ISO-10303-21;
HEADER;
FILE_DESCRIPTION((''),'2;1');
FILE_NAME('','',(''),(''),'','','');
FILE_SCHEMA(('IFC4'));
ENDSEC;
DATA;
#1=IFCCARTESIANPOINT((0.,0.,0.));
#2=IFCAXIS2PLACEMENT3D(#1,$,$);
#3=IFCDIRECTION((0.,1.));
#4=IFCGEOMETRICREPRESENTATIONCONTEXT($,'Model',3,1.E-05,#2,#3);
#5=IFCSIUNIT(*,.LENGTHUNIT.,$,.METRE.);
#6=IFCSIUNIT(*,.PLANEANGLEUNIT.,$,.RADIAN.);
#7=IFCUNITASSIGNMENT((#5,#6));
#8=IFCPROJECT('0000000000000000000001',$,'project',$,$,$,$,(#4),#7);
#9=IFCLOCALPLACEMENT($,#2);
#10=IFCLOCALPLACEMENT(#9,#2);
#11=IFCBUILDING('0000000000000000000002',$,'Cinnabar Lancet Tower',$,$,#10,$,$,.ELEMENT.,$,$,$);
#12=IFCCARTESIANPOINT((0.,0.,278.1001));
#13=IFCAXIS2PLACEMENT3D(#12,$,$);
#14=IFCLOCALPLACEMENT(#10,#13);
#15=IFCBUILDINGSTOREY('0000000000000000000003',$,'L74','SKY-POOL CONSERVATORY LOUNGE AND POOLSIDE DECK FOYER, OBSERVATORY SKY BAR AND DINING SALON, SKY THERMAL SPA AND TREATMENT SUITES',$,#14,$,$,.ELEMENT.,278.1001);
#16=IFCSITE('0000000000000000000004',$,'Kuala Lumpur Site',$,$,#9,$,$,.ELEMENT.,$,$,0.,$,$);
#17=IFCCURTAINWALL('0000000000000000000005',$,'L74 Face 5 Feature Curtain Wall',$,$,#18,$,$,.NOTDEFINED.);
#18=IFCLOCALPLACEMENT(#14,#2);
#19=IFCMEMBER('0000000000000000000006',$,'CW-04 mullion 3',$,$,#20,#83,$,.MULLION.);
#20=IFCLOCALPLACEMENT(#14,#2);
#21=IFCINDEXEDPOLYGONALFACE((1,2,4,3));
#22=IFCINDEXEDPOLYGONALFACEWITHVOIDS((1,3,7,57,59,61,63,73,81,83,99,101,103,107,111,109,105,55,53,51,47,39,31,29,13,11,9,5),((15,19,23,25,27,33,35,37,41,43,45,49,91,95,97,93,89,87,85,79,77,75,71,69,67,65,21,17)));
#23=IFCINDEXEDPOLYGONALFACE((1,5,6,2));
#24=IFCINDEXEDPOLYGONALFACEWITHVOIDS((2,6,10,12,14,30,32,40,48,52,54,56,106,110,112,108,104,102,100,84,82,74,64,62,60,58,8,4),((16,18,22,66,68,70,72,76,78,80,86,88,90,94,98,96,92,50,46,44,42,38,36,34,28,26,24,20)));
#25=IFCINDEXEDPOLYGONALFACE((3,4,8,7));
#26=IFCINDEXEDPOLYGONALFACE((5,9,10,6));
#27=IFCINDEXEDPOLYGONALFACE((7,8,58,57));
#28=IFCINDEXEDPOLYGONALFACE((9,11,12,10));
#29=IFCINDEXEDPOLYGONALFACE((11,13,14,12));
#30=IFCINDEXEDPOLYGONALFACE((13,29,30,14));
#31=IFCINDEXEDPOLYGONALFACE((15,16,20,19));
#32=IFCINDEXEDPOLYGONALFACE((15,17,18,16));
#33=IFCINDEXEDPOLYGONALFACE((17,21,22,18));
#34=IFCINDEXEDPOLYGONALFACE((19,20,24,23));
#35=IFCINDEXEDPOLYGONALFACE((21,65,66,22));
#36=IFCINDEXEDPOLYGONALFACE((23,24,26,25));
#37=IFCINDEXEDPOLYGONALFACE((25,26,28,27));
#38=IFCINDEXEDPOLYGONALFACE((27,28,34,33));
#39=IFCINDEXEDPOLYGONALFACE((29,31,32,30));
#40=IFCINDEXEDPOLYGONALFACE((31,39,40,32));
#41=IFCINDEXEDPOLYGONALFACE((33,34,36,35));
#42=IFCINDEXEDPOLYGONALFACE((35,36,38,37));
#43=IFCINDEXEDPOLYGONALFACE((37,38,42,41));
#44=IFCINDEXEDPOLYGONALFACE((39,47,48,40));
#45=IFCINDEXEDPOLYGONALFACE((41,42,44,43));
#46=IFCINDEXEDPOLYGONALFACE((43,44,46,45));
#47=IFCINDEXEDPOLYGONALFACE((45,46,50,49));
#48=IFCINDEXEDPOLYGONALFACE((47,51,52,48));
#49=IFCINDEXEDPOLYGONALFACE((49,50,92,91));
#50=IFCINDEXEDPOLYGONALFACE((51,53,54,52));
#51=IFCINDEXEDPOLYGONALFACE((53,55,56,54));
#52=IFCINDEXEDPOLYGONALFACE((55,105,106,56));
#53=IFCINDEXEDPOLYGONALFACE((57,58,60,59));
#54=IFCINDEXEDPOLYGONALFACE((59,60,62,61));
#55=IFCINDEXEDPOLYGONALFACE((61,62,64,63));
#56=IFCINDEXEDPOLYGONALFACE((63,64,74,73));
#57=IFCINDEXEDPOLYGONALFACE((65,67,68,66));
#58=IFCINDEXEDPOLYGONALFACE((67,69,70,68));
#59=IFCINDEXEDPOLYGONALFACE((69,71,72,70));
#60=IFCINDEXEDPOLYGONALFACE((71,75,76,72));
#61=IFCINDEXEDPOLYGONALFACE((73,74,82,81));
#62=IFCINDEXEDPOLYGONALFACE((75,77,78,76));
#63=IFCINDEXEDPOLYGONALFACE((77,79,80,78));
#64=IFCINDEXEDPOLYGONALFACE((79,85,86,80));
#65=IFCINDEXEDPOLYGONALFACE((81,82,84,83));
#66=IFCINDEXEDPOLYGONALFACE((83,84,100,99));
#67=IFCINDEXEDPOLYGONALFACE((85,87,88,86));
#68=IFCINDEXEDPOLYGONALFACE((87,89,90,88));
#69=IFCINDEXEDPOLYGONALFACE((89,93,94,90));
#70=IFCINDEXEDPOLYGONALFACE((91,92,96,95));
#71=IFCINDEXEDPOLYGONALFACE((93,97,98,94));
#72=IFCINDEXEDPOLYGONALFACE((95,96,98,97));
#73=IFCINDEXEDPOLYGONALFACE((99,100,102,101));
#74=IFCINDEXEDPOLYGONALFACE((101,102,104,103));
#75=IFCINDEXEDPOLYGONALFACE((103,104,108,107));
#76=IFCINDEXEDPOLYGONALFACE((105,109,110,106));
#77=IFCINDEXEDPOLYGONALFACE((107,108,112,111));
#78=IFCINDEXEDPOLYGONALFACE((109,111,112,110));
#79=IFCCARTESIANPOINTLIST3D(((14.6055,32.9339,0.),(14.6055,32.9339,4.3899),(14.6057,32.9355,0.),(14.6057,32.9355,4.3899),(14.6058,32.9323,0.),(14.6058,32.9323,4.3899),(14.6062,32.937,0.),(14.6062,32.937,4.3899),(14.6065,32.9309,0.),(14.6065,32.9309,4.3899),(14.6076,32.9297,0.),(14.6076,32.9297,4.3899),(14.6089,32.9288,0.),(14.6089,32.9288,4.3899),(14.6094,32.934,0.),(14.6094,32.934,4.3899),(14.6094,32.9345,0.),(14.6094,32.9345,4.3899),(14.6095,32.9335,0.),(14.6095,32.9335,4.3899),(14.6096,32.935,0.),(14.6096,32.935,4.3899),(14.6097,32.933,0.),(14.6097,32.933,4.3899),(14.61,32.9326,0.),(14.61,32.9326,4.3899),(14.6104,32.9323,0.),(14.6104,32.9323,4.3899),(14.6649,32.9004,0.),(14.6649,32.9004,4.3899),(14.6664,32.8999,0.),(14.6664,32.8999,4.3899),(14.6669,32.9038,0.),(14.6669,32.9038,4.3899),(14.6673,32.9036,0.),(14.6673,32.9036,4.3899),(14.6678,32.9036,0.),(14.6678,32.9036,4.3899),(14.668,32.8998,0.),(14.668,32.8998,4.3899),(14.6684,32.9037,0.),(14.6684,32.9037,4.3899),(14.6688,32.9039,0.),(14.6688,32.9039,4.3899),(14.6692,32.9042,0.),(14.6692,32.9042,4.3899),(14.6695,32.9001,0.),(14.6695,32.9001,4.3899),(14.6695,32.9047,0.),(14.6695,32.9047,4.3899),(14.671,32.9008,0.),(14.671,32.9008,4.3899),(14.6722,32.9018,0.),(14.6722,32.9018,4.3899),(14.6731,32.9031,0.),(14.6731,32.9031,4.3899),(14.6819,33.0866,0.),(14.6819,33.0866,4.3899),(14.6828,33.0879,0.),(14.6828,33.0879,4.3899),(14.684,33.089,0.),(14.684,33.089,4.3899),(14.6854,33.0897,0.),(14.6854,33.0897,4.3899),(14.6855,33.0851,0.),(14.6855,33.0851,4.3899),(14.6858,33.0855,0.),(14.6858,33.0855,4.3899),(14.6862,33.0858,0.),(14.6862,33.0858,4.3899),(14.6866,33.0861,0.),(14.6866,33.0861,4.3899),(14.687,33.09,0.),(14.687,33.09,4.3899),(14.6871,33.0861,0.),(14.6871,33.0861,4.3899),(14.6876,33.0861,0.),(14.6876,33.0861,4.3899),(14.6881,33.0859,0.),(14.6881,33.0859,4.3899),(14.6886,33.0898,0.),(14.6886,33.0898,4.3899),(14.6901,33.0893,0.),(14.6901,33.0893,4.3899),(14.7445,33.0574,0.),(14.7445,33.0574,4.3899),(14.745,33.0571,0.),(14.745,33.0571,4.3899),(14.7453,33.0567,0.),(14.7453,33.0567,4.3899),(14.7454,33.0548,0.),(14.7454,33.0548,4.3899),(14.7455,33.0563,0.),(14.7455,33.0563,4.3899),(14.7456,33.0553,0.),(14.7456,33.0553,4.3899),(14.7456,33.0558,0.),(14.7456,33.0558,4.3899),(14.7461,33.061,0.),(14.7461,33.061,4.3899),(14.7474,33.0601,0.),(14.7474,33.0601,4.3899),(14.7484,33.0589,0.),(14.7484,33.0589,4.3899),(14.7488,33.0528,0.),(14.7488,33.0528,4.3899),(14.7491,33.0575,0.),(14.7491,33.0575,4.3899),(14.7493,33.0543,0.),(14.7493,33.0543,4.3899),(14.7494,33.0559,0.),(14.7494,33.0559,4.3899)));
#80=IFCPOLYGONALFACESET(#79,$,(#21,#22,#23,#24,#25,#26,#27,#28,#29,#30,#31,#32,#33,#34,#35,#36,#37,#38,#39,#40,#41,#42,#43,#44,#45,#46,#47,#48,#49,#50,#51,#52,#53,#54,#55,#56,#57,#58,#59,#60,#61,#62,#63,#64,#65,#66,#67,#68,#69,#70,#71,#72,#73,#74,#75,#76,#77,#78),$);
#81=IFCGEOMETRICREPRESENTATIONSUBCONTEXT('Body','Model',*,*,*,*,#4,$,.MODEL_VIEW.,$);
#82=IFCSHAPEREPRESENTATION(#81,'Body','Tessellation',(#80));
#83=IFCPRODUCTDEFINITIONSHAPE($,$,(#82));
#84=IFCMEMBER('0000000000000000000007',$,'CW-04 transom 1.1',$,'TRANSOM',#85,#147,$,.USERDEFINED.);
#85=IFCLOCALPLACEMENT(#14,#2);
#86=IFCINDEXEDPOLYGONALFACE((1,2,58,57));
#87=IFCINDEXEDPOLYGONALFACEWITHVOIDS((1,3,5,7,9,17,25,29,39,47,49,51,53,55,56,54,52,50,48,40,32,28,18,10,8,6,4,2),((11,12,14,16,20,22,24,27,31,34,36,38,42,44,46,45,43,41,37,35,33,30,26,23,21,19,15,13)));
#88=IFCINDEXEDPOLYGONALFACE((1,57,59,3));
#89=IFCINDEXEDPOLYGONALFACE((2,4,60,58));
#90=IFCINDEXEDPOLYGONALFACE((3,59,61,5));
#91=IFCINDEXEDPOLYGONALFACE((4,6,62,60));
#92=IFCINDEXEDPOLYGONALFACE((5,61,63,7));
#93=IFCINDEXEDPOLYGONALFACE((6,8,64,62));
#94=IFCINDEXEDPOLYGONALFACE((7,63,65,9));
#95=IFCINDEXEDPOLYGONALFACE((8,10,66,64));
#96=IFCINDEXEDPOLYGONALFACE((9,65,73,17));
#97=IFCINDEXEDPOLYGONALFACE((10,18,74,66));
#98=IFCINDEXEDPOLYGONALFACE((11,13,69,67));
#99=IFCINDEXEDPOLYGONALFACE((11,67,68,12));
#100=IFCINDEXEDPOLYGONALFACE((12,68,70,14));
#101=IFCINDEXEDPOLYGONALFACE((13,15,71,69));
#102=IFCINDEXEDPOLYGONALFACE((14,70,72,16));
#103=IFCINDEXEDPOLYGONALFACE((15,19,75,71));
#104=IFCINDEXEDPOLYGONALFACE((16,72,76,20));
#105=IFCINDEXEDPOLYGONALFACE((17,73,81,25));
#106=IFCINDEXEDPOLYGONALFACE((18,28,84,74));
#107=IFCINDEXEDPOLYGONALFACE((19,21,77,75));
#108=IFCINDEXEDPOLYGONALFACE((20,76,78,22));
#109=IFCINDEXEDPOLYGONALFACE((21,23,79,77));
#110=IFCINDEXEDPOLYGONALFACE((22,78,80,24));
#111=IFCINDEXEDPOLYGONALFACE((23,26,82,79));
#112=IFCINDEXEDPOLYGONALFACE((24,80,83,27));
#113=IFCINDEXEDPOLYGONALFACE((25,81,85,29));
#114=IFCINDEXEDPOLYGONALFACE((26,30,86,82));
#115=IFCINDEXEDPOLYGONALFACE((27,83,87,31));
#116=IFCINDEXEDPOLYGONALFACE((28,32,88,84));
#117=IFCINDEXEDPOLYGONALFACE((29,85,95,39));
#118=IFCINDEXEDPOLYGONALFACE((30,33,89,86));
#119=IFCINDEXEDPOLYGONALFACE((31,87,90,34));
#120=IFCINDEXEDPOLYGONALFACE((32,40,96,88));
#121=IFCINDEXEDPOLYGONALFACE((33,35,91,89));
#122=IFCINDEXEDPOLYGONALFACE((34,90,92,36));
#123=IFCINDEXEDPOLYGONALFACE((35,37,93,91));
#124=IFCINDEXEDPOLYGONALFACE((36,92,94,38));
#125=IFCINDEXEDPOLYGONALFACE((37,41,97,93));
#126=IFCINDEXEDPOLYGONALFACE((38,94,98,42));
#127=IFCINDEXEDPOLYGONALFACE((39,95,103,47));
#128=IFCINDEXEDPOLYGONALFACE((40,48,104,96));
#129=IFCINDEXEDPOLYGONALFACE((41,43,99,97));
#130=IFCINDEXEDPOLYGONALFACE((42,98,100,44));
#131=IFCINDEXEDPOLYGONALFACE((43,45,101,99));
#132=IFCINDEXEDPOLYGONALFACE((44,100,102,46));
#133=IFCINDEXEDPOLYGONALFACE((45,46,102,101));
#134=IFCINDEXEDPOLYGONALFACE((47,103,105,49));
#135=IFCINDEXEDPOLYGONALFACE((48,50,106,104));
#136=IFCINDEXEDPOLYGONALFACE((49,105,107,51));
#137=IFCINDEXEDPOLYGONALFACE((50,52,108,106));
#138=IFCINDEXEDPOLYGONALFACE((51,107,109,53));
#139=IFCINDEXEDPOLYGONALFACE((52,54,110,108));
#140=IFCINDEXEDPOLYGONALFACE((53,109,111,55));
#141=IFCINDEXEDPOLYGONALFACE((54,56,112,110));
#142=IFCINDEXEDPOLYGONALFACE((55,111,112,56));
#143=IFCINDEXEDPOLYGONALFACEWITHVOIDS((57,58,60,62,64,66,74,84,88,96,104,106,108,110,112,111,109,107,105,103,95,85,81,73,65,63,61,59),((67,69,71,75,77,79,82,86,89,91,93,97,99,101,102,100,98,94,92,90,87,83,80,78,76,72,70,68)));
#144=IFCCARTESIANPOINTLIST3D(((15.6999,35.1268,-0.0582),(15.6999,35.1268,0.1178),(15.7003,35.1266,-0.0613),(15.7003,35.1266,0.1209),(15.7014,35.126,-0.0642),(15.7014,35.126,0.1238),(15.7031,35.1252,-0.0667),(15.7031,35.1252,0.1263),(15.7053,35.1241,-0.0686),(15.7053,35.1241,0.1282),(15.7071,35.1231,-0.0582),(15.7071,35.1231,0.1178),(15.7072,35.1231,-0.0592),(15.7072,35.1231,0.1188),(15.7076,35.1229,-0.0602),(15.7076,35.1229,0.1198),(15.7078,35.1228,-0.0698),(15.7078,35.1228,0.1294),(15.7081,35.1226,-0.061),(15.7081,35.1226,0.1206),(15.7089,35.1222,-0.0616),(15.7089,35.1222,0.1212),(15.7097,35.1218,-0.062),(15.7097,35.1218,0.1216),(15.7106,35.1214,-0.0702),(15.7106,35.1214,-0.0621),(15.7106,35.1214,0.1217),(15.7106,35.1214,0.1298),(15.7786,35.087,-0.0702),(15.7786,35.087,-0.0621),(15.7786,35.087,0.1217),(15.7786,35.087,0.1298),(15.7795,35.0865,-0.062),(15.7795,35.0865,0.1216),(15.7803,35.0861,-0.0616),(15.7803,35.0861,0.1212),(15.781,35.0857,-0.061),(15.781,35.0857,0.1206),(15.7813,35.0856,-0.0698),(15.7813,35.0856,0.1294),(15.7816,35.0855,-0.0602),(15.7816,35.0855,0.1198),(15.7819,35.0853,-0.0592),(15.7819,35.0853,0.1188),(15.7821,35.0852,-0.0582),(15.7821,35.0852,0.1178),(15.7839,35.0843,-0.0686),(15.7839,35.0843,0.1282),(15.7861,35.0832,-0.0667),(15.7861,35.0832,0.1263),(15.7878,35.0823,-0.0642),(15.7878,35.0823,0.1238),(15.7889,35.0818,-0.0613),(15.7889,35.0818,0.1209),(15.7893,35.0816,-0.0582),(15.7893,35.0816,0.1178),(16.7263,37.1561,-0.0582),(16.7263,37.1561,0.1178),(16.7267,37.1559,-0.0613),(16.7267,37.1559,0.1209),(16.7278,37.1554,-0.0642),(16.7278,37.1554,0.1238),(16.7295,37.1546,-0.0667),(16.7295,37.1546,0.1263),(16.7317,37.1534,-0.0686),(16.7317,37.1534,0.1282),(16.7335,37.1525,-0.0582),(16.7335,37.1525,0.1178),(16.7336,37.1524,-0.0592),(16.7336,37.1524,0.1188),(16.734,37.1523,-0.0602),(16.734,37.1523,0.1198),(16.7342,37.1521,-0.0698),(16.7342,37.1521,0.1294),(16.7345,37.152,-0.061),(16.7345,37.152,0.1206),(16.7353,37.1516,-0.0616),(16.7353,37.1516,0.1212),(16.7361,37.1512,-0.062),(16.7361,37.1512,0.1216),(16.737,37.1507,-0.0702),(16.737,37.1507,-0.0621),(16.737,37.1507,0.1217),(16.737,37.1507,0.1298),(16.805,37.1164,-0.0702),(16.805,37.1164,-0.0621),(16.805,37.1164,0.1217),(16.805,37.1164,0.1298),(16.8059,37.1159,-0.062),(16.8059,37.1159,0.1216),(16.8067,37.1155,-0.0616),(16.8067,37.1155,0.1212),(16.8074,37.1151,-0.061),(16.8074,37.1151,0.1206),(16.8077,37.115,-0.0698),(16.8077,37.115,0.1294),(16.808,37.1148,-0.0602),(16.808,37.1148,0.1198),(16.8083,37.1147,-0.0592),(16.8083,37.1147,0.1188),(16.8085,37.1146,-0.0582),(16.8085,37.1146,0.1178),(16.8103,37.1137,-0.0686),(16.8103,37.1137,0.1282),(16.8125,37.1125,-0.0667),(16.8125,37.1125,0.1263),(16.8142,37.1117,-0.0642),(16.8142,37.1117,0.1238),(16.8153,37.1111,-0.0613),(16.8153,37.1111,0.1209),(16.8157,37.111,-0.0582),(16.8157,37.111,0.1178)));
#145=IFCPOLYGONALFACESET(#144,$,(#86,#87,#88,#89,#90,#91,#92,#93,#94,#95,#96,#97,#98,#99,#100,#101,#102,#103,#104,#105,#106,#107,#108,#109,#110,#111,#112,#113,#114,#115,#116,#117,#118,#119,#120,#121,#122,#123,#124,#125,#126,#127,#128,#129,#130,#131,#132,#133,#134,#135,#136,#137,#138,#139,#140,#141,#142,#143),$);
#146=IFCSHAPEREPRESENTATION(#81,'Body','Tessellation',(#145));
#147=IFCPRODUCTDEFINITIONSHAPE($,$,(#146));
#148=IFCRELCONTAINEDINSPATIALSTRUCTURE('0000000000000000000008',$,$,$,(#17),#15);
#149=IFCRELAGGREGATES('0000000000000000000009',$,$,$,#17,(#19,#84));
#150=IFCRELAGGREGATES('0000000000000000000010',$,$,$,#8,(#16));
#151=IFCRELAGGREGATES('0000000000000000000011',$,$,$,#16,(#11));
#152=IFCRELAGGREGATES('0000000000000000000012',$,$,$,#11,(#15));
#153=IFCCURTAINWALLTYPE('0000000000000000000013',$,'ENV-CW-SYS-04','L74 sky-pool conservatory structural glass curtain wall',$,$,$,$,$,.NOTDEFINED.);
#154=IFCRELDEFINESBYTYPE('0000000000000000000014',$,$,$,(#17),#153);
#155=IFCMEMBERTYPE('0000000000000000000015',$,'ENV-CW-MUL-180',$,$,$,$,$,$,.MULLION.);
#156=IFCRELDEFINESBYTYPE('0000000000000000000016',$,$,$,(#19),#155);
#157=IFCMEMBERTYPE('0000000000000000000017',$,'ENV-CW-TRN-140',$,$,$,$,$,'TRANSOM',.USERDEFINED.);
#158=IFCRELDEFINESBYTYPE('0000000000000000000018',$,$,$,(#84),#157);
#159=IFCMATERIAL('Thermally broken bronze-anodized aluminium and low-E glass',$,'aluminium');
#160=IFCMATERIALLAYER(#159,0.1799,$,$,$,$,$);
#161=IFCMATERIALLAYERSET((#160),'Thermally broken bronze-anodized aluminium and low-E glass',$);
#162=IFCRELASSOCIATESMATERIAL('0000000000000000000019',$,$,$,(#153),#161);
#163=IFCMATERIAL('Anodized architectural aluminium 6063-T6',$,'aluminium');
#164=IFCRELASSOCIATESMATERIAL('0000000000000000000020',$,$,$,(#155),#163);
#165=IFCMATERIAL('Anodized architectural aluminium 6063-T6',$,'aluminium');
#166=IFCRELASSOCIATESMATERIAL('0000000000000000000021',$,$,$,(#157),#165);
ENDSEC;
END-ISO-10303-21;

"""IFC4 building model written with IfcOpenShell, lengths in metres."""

from ifc_helpers import new_model, si_unit, direction, frame, origin, origin_2d, place, context, subcontext, project, spatial, hollow_rectangle, extrude, material, layer, layer_set, material_profile, profile_set, type_object, element, aggregate, save


model = new_model("IFC4")

# Units and contexts
model_context = context("Model", 3, precision=1e-05, world=origin(), true_north=direction((0.0, 1.0)))
body_context = subcontext(model_context, "Body", "Model", "MODEL_VIEW")
ifc_project = project(units=[si_unit("LENGTHUNIT", "METRE"), si_unit("PLANEANGLEUNIT", "RADIAN")], contexts=[model_context])

# Site, building, storey
site_placement = place(None, origin())
site = spatial("IfcSite", under=ifc_project, at=site_placement, Name="Kuala Lumpur Site", CompositionType="ELEMENT", RefElevation=0.0)
building_placement = place(site_placement, origin())
building = spatial("IfcBuilding", under=site, at=building_placement, Name="Cinnabar Lancet Tower", CompositionType="ELEMENT")
storey_placement = place(building_placement, frame((0.0, 0.0, 278.1001)))
storey = spatial("IfcBuildingStorey", under=building, at=storey_placement, Name="L74", Description="SKY-POOL CONSERVATORY LOUNGE AND POOLSIDE DECK FOYER, OBSERVATORY SKY BAR AND DINING SALON, SKY THERMAL SPA AND TREATMENT SUITES", CompositionType="ELEMENT", Elevation=278.1001)

# Curtain wall, members
ifc_material_1 = material(Name="Thermally broken bronze-anodized aluminium and low-E glass", Category="aluminium")
ifc_layer_1 = layer(ifc_material_1, 0.1799)
ifc_layer_set_1 = layer_set([ifc_layer_1], Name="Thermally broken bronze-anodized aluminium and low-E glass")
curtain_wall_type = type_object("IfcCurtainWallType", Name="ENV-CW-SYS-04", Description="L74 sky-pool conservatory structural glass curtain wall", PredefinedType="NOTDEFINED", material=ifc_layer_set_1)
curtain_wall_placement = place(storey_placement, origin())
curtain_wall = element("IfcCurtainWall", 1, at=curtain_wall_placement, inside=storey, type_object=curtain_wall_type, Name="L74 Face 5 Feature Curtain Wall", PredefinedType="NOTDEFINED")
ifc_material_2 = material(Name="Anodized architectural aluminium 6063-T6", Category="aluminium")
ifc_material_profile_1 = material_profile(ifc_material_2, hollow_rectangle(XDim=0.075, YDim=0.1799, WallThickness=0.0039, InnerFilletRadius=0.002, OuterFilletRadius=0.0061, at=origin_2d()), Name="CW-MUL 180x75x4")
ifc_profile_set_1 = profile_set([ifc_material_profile_1], Name="Anodized architectural aluminium 6063-T6")
member_type_1 = type_object("IfcMemberType", Name="ENV-CW-MUL-180", PredefinedType="MULLION", material=ifc_profile_set_1)
member_1_placement = place(storey_placement, frame((14.6775, 32.9949, 0.0), z_axis=(0.0, 0.0, 1.0), x_axis=(0.892345, -0.451354, 0.0)))
member_1 = element("IfcMember", 2, at=member_1_placement, type_object=member_type_1, Name="CW-04 mullion 3", PredefinedType="MULLION", context=body_context, shape_type="SweptSolid", body=[
    extrude(hollow_rectangle(XDim=0.075, YDim=0.1799, WallThickness=0.0039, InnerFilletRadius=0.002, OuterFilletRadius=0.0061, at=origin_2d()), origin(), (0.0, 0.0, 1.0), 4.3899),
])
ifc_material_3 = material(Name="Anodized architectural aluminium 6063-T6", Category="aluminium")
ifc_material_profile_2 = material_profile(ifc_material_3, hollow_rectangle(XDim=0.1001, YDim=0.2, WallThickness=0.0081, InnerFilletRadius=0.0039, OuterFilletRadius=0.012, at=origin_2d()), Name="RHS 200x100x8")
ifc_profile_set_2 = profile_set([ifc_material_profile_2], Name="Anodized architectural aluminium 6063-T6")
member_type_2 = type_object("IfcMemberType", Name="ENV-CW-TRN-140", ElementType="TRANSOM", PredefinedType="USERDEFINED", material=ifc_profile_set_2)
member_2_placement = place(storey_placement, frame((16.771, 37.1335, 0.0298), z_axis=(-0.451331, -0.892356, 0.0), x_axis=(0.892356, -0.451331, 0.0)))
member_2 = element("IfcMember", 3, at=member_2_placement, type_object=member_type_2, Name="CW-04 transom 1.1", ObjectType="TRANSOM", PredefinedType="USERDEFINED", context=body_context, shape_type="SweptSolid", body=[
    extrude(hollow_rectangle(XDim=0.1001, YDim=0.2, WallThickness=0.0081, InnerFilletRadius=0.0039, OuterFilletRadius=0.012, at=origin_2d()), origin(), (0.0, 0.0, 1.0), 2.2742),
])

aggregate(curtain_wall, [member_1, member_2])

save(model, "model.ifc")
